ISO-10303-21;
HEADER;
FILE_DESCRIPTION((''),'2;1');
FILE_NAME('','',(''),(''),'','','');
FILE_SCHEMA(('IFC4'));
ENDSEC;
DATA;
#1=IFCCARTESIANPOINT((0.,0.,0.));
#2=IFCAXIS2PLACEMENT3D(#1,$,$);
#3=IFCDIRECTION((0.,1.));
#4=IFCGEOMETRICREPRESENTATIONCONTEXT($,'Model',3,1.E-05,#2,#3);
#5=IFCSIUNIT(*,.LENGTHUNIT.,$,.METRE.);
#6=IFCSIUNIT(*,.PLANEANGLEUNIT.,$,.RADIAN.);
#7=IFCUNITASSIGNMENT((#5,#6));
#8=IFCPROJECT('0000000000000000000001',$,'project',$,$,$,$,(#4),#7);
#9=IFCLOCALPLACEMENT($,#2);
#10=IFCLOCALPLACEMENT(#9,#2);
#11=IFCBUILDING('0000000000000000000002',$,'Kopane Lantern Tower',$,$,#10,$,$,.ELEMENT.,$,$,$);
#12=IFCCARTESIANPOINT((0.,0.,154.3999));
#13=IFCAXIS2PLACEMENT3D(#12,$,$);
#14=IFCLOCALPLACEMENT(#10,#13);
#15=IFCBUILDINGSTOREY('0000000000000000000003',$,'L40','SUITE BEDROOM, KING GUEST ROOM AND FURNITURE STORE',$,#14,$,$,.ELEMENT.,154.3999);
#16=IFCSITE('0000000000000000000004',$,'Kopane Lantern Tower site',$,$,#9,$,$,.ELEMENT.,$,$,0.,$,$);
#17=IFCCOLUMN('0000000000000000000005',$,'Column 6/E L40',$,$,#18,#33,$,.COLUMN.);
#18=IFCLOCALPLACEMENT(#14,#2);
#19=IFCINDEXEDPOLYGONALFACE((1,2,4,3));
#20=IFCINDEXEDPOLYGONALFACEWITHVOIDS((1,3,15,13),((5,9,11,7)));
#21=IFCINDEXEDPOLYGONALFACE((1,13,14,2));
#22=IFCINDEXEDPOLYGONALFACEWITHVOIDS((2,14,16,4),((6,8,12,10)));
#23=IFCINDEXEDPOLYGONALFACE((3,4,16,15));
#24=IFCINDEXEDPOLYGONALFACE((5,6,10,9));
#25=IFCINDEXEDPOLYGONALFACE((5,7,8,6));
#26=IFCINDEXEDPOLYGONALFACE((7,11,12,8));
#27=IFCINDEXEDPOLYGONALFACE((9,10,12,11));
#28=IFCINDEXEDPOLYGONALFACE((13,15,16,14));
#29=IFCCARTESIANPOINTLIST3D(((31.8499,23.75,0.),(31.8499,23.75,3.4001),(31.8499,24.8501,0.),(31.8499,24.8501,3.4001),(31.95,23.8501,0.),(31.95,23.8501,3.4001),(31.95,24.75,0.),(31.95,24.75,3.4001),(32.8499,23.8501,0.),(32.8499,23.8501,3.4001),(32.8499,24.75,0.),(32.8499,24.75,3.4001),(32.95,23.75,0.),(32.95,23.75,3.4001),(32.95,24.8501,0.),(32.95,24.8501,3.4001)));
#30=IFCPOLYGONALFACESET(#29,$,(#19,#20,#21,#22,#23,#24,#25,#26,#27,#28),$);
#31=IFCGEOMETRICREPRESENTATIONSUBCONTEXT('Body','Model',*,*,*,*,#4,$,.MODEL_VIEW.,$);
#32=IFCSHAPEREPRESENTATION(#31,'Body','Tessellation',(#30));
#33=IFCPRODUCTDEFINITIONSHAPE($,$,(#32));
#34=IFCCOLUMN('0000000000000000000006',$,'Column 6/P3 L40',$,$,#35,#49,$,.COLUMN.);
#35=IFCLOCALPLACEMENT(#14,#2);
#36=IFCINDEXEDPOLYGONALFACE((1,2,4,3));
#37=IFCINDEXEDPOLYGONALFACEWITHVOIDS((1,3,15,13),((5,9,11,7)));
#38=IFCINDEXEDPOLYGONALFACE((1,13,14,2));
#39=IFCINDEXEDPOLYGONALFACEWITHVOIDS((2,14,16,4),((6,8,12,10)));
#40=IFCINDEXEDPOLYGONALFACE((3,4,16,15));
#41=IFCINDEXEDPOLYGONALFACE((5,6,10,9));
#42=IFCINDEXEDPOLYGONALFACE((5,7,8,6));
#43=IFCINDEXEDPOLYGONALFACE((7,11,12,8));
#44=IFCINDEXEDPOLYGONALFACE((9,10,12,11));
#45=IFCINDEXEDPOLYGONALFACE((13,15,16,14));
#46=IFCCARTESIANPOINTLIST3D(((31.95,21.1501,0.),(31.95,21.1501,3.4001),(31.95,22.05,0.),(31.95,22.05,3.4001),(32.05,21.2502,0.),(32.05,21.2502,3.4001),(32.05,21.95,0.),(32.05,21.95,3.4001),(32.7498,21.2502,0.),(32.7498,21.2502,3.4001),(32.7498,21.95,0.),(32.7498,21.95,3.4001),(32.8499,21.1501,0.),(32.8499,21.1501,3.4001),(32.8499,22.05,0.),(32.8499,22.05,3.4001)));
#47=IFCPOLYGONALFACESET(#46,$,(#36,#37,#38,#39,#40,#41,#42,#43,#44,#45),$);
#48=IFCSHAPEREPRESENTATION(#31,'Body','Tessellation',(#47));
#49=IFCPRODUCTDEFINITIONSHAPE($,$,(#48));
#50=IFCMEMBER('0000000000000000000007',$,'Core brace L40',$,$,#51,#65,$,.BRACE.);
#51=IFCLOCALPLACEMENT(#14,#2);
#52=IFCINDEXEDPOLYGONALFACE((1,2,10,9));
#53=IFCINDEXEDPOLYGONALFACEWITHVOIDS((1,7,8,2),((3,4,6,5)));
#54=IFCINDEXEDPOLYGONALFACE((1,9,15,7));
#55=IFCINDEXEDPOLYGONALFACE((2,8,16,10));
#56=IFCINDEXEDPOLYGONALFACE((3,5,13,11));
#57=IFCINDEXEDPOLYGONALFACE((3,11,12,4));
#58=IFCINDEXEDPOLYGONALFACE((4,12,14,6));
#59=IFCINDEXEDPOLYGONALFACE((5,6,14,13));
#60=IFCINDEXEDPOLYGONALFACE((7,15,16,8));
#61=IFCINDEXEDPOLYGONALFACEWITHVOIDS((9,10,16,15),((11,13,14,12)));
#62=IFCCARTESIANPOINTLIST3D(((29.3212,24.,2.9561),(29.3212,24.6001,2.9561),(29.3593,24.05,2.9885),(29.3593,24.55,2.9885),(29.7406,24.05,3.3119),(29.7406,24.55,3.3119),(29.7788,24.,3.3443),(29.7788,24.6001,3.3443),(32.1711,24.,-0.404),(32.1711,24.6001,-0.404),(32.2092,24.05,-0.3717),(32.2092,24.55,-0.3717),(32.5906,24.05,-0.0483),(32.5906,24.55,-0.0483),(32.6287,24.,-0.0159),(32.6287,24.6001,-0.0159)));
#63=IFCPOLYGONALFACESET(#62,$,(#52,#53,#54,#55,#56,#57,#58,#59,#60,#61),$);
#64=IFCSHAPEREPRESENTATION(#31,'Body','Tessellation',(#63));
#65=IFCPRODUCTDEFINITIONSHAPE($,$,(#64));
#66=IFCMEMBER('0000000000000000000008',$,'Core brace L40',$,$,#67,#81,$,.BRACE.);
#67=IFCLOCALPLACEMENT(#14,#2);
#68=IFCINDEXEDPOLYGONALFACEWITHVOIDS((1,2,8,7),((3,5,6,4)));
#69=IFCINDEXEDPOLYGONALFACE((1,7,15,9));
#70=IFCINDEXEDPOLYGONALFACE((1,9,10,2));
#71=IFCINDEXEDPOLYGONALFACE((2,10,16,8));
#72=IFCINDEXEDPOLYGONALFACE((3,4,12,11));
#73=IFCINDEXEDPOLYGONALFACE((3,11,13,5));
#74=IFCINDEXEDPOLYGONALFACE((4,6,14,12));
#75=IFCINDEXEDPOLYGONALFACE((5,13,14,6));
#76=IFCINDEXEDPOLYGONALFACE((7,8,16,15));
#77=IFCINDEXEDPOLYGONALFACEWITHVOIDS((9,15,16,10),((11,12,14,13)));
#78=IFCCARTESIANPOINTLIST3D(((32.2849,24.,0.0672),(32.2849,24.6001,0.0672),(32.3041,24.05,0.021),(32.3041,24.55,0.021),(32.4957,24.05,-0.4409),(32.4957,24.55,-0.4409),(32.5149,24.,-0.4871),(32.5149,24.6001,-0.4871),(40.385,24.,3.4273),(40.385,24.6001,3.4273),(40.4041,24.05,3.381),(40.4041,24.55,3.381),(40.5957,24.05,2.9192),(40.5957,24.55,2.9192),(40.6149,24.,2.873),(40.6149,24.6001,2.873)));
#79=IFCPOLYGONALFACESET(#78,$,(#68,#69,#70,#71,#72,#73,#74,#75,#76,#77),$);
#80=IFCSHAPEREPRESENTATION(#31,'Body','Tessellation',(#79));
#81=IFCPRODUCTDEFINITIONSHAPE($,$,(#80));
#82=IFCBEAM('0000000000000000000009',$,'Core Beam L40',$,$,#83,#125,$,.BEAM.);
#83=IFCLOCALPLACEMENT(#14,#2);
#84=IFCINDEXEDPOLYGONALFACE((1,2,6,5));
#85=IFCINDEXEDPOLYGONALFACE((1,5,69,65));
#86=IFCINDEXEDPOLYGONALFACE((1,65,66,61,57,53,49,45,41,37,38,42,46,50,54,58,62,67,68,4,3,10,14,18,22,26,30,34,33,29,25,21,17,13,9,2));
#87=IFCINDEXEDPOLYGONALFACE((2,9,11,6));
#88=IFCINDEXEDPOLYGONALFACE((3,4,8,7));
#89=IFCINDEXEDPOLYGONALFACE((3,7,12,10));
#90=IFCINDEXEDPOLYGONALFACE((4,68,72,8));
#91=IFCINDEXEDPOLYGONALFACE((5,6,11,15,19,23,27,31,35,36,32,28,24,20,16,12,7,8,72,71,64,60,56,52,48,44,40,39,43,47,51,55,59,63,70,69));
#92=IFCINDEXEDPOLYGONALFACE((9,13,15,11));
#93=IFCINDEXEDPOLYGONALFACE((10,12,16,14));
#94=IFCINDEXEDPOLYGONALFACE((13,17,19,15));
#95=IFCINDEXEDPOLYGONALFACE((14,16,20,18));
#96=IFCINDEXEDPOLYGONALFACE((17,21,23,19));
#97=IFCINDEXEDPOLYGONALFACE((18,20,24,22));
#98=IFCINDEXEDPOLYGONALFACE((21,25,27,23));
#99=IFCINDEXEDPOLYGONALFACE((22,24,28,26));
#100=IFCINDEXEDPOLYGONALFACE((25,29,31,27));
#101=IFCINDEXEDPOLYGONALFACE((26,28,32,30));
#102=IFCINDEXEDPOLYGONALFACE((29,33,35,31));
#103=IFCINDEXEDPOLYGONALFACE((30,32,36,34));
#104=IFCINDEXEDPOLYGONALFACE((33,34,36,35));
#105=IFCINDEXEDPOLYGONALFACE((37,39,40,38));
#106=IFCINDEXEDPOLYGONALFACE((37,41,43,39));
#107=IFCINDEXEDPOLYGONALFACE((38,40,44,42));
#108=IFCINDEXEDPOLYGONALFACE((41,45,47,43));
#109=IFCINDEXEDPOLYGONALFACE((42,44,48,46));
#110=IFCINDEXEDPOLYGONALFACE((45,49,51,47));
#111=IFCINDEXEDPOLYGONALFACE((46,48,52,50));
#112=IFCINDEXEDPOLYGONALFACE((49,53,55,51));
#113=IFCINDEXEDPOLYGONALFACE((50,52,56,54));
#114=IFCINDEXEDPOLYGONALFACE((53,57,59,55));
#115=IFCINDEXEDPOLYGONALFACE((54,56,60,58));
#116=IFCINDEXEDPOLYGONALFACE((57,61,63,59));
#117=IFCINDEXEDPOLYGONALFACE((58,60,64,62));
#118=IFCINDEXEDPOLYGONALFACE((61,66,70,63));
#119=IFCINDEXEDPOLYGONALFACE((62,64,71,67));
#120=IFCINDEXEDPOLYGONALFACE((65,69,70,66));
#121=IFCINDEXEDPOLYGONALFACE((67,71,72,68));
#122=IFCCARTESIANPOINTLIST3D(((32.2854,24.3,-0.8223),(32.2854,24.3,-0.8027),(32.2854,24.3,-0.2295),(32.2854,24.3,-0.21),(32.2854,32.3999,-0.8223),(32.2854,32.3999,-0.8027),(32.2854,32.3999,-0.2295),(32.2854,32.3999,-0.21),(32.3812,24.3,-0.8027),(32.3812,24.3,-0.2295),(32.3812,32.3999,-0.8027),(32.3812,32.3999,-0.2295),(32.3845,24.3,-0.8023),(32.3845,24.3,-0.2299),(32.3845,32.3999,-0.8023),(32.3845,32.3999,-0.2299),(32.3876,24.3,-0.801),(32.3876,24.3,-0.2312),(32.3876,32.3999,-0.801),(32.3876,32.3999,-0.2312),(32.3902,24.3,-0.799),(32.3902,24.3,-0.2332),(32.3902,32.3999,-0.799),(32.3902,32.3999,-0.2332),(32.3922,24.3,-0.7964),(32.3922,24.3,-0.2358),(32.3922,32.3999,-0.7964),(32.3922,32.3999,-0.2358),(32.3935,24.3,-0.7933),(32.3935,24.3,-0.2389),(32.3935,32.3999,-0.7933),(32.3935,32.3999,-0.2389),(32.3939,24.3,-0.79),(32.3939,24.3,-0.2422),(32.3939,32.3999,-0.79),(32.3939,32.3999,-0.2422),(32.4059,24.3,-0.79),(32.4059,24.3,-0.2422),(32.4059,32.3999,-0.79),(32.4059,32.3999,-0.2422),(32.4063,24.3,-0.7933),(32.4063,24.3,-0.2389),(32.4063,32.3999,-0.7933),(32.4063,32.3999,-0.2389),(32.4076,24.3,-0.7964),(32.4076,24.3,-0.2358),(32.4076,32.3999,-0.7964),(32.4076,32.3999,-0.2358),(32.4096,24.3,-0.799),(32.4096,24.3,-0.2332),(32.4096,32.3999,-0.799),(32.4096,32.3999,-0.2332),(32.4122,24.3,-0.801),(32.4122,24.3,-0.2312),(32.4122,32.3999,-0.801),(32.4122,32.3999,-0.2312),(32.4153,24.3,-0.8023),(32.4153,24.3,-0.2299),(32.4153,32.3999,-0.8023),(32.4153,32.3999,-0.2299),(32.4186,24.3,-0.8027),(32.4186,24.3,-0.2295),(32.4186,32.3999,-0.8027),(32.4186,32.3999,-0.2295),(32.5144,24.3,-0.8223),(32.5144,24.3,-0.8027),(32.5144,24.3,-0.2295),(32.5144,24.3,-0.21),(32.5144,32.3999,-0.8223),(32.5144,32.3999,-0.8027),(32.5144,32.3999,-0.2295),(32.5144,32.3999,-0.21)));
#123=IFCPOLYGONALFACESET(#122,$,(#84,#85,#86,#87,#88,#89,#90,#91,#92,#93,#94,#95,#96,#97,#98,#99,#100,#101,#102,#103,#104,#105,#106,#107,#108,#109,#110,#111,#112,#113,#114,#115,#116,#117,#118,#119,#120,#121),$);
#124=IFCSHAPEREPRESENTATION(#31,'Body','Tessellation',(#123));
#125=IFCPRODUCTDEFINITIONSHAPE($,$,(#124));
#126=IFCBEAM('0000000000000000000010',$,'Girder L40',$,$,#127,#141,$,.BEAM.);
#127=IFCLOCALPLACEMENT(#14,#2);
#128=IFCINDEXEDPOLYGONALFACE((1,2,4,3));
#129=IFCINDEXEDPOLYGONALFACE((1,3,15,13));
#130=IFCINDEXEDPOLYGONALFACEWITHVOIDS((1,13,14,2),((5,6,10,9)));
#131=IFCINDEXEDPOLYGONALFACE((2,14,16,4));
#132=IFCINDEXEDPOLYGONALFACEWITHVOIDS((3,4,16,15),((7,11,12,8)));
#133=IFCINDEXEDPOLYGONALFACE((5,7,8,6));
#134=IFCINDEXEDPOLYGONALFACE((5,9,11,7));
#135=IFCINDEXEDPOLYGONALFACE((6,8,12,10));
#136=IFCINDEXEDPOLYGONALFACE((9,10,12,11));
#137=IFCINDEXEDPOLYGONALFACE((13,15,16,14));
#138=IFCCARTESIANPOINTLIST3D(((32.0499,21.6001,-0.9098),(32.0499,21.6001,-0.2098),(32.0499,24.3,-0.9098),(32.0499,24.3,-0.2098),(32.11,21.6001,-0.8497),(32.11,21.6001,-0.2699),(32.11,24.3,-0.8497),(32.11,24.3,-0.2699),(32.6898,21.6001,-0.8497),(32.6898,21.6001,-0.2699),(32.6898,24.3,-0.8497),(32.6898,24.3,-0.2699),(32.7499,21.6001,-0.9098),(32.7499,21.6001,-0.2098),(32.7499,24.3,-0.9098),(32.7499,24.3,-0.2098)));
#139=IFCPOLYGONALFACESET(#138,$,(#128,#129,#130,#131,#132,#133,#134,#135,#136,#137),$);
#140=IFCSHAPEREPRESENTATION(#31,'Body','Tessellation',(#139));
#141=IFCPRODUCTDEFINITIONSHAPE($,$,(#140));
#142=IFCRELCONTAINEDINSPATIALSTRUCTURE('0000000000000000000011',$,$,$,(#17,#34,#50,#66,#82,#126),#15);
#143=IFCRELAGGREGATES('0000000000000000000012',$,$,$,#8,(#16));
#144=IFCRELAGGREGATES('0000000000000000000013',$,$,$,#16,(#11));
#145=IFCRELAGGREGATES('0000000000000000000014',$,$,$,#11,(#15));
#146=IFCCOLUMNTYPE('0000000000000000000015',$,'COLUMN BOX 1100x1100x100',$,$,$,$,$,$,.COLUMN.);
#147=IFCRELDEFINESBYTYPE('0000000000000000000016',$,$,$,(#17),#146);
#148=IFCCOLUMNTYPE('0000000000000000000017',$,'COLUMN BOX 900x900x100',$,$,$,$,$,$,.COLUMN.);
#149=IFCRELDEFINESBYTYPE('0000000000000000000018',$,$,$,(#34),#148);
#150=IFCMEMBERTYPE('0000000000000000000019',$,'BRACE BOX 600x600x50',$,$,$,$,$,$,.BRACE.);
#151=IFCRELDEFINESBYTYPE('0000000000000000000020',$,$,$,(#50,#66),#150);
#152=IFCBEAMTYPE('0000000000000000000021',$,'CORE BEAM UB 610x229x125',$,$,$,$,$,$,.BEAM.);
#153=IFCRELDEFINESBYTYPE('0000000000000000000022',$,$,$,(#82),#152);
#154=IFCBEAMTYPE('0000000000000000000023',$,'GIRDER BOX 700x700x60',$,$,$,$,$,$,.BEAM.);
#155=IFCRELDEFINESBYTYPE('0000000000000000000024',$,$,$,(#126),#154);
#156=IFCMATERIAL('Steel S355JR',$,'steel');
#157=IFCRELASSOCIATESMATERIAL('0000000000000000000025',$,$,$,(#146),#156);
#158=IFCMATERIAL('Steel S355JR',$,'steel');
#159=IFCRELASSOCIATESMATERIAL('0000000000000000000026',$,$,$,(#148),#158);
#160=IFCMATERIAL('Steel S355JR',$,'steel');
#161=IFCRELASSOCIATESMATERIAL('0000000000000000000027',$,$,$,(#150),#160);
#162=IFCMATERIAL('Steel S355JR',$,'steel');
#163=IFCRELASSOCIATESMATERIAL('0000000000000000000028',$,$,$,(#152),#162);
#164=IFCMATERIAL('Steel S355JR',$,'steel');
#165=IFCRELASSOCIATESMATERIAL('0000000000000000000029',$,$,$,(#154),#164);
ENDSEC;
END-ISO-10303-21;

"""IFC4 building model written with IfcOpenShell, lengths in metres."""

from ifc_helpers import new_model, si_unit, direction, frame, origin, origin_2d, place, context, subcontext, project, spatial, hollow_rectangle, i_section, extrude, material, material_profile, profile_set, type_object, element, save


model = new_model("IFC4")

# Units and contexts
model_context = context("Model", 3, precision=1e-05, world=origin(), true_north=direction((0.0, 1.0)))
body_context = subcontext(model_context, "Body", "Model", "MODEL_VIEW")
ifc_project = project(units=[si_unit("LENGTHUNIT", "METRE"), si_unit("PLANEANGLEUNIT", "RADIAN")], contexts=[model_context])

# Site, building, storey
site_placement = place(None, origin())
site = spatial("IfcSite", under=ifc_project, at=site_placement, Name="Kopane Lantern Tower site", CompositionType="ELEMENT", RefElevation=0.0)
building_placement = place(site_placement, origin())
building = spatial("IfcBuilding", under=site, at=building_placement, Name="Kopane Lantern Tower", CompositionType="ELEMENT")
storey_placement = place(building_placement, frame((0.0, 0.0, 154.3999)))
storey = spatial("IfcBuildingStorey", under=building, at=storey_placement, Name="L40", Description="SUITE BEDROOM, KING GUEST ROOM AND FURNITURE STORE", CompositionType="ELEMENT", Elevation=154.3999)

# Columns
ifc_material_1 = material(Name="Steel S355JR", Category="steel")
ifc_material_profile_1 = material_profile(ifc_material_1, hollow_rectangle(XDim=1.1001, YDim=1.1001, WallThickness=0.1001, at=origin_2d()), Name="BOX 1100x1100x100")
ifc_profile_set_1 = profile_set([ifc_material_profile_1], Name="Steel S355JR")
column_type_1 = type_object("IfcColumnType", Name="COLUMN BOX 1100x1100x100", PredefinedType="COLUMN", material=ifc_profile_set_1)
column_1_placement = place(storey_placement, frame((32.3999, 24.3, 0.0), z_axis=(0.0, 0.0, 1.0), x_axis=(1.0, 0.0, 0.0)))
element("IfcColumn", 1, at=column_1_placement, inside=storey, type_object=column_type_1, Name="Column 6/E L40", PredefinedType="COLUMN", context=body_context, shape_type="SweptSolid", body=[
    extrude(hollow_rectangle(XDim=1.1001, YDim=1.1001, WallThickness=0.1001, at=origin_2d()), origin(), (0.0, 0.0, 1.0), 3.4001),
])
ifc_material_2 = material(Name="Steel S355JR", Category="steel")
ifc_material_profile_2 = material_profile(ifc_material_2, hollow_rectangle(XDim=0.8999, YDim=0.8999, WallThickness=0.1001, at=origin_2d()), Name="BOX 900x900x100")
ifc_profile_set_2 = profile_set([ifc_material_profile_2], Name="Steel S355JR")
column_type_2 = type_object("IfcColumnType", Name="COLUMN BOX 900x900x100", PredefinedType="COLUMN", material=ifc_profile_set_2)
column_2_placement = place(storey_placement, frame((32.3999, 21.6001, 0.0), z_axis=(0.0, 0.0, 1.0), x_axis=(1.0, 0.0, 0.0)))
element("IfcColumn", 2, at=column_2_placement, inside=storey, type_object=column_type_2, Name="Column 6/P3 L40", PredefinedType="COLUMN", context=body_context, shape_type="SweptSolid", body=[
    extrude(hollow_rectangle(XDim=0.8999, YDim=0.8999, WallThickness=0.1001, at=origin_2d()), origin(), (0.0, 0.0, 1.0), 3.4001),
])

# Members
ifc_material_3 = material(Name="Steel S355JR", Category="steel")
ifc_material_profile_3 = material_profile(ifc_material_3, hollow_rectangle(XDim=0.6001, YDim=0.6001, WallThickness=0.05, at=origin_2d()), Name="BOX 600x600x50")
ifc_profile_set_3 = profile_set([ifc_material_profile_3], Name="Steel S355JR")
member_type = type_object("IfcMemberType", Name="BRACE BOX 600x600x50", PredefinedType="BRACE", material=ifc_profile_set_3)
member_1_placement = place(storey_placement, frame((32.3999, 24.3, -0.21), z_axis=(-0.646826, 0.0, 0.762638), x_axis=(0.0, -1.0, 0.0)))
element("IfcMember", 3, at=member_1_placement, inside=storey, type_object=member_type, Name="Core brace L40", PredefinedType="BRACE", context=body_context, shape_type="SweptSolid", body=[
    extrude(hollow_rectangle(XDim=0.6001, YDim=0.6001, WallThickness=0.05, at=origin_2d()), origin(), (0.0, 0.0, 1.0), 4.406),
])
member_2_placement = place(storey_placement, frame((32.3999, 24.3, -0.21), z_axis=(0.92368, 0.0, 0.383164), x_axis=(0.0, 1.0, 0.0)))
element("IfcMember", 4, at=member_2_placement, inside=storey, type_object=member_type, Name="Core brace L40", PredefinedType="BRACE", context=body_context, shape_type="SweptSolid", body=[
    extrude(hollow_rectangle(XDim=0.6001, YDim=0.6001, WallThickness=0.05, at=origin_2d()), origin(), (0.0, 0.0, 1.0), 8.7693),
])

# Beams
ifc_material_4 = material(Name="Steel S355JR", Category="steel")
ifc_material_profile_4 = material_profile(ifc_material_4, i_section(OverallWidth=0.229, OverallDepth=0.6123, WebThickness=0.012, FlangeThickness=0.0195, FilletRadius=0.0127, at=origin_2d()), Name="UB 610x229x125")
ifc_profile_set_4 = profile_set([ifc_material_profile_4], Name="Steel S355JR")
beam_type_1 = type_object("IfcBeamType", Name="CORE BEAM UB 610x229x125", PredefinedType="BEAM", material=ifc_profile_set_4)
beam_1_placement = place(storey_placement, frame((32.3999, 24.3, -0.5161), z_axis=(0.0, 1.0, 0.0), x_axis=(-1.0, 0.0, 0.0)))
element("IfcBeam", 5, at=beam_1_placement, inside=storey, type_object=beam_type_1, Name="Core Beam L40", PredefinedType="BEAM", context=body_context, shape_type="SweptSolid", body=[
    extrude(i_section(OverallWidth=0.229, OverallDepth=0.6123, WebThickness=0.012, FlangeThickness=0.0195, FilletRadius=0.0127, at=origin_2d()), origin(), (0.0, 0.0, 1.0), 8.0999),
])
ifc_material_5 = material(Name="Steel S355JR", Category="steel")
ifc_material_profile_5 = material_profile(ifc_material_5, hollow_rectangle(XDim=0.7, YDim=0.7, WallThickness=0.0601, at=origin_2d()), Name="BOX 700x700x60")
ifc_profile_set_5 = profile_set([ifc_material_profile_5], Name="Steel S355JR")
beam_type_2 = type_object("IfcBeamType", Name="GIRDER BOX 700x700x60", PredefinedType="BEAM", material=ifc_profile_set_5)
beam_2_placement = place(storey_placement, frame((32.3999, 21.6001, -0.5598), z_axis=(0.0, 1.0, 0.0), x_axis=(-1.0, 0.0, 0.0)))
element("IfcBeam", 6, at=beam_2_placement, inside=storey, type_object=beam_type_2, Name="Girder L40", PredefinedType="BEAM", context=body_context, shape_type="SweptSolid", body=[
    extrude(hollow_rectangle(XDim=0.7, YDim=0.7, WallThickness=0.0601, at=origin_2d()), origin(), (0.0, 0.0, 1.0), 2.7),
])

save(model, "model.ifc")
